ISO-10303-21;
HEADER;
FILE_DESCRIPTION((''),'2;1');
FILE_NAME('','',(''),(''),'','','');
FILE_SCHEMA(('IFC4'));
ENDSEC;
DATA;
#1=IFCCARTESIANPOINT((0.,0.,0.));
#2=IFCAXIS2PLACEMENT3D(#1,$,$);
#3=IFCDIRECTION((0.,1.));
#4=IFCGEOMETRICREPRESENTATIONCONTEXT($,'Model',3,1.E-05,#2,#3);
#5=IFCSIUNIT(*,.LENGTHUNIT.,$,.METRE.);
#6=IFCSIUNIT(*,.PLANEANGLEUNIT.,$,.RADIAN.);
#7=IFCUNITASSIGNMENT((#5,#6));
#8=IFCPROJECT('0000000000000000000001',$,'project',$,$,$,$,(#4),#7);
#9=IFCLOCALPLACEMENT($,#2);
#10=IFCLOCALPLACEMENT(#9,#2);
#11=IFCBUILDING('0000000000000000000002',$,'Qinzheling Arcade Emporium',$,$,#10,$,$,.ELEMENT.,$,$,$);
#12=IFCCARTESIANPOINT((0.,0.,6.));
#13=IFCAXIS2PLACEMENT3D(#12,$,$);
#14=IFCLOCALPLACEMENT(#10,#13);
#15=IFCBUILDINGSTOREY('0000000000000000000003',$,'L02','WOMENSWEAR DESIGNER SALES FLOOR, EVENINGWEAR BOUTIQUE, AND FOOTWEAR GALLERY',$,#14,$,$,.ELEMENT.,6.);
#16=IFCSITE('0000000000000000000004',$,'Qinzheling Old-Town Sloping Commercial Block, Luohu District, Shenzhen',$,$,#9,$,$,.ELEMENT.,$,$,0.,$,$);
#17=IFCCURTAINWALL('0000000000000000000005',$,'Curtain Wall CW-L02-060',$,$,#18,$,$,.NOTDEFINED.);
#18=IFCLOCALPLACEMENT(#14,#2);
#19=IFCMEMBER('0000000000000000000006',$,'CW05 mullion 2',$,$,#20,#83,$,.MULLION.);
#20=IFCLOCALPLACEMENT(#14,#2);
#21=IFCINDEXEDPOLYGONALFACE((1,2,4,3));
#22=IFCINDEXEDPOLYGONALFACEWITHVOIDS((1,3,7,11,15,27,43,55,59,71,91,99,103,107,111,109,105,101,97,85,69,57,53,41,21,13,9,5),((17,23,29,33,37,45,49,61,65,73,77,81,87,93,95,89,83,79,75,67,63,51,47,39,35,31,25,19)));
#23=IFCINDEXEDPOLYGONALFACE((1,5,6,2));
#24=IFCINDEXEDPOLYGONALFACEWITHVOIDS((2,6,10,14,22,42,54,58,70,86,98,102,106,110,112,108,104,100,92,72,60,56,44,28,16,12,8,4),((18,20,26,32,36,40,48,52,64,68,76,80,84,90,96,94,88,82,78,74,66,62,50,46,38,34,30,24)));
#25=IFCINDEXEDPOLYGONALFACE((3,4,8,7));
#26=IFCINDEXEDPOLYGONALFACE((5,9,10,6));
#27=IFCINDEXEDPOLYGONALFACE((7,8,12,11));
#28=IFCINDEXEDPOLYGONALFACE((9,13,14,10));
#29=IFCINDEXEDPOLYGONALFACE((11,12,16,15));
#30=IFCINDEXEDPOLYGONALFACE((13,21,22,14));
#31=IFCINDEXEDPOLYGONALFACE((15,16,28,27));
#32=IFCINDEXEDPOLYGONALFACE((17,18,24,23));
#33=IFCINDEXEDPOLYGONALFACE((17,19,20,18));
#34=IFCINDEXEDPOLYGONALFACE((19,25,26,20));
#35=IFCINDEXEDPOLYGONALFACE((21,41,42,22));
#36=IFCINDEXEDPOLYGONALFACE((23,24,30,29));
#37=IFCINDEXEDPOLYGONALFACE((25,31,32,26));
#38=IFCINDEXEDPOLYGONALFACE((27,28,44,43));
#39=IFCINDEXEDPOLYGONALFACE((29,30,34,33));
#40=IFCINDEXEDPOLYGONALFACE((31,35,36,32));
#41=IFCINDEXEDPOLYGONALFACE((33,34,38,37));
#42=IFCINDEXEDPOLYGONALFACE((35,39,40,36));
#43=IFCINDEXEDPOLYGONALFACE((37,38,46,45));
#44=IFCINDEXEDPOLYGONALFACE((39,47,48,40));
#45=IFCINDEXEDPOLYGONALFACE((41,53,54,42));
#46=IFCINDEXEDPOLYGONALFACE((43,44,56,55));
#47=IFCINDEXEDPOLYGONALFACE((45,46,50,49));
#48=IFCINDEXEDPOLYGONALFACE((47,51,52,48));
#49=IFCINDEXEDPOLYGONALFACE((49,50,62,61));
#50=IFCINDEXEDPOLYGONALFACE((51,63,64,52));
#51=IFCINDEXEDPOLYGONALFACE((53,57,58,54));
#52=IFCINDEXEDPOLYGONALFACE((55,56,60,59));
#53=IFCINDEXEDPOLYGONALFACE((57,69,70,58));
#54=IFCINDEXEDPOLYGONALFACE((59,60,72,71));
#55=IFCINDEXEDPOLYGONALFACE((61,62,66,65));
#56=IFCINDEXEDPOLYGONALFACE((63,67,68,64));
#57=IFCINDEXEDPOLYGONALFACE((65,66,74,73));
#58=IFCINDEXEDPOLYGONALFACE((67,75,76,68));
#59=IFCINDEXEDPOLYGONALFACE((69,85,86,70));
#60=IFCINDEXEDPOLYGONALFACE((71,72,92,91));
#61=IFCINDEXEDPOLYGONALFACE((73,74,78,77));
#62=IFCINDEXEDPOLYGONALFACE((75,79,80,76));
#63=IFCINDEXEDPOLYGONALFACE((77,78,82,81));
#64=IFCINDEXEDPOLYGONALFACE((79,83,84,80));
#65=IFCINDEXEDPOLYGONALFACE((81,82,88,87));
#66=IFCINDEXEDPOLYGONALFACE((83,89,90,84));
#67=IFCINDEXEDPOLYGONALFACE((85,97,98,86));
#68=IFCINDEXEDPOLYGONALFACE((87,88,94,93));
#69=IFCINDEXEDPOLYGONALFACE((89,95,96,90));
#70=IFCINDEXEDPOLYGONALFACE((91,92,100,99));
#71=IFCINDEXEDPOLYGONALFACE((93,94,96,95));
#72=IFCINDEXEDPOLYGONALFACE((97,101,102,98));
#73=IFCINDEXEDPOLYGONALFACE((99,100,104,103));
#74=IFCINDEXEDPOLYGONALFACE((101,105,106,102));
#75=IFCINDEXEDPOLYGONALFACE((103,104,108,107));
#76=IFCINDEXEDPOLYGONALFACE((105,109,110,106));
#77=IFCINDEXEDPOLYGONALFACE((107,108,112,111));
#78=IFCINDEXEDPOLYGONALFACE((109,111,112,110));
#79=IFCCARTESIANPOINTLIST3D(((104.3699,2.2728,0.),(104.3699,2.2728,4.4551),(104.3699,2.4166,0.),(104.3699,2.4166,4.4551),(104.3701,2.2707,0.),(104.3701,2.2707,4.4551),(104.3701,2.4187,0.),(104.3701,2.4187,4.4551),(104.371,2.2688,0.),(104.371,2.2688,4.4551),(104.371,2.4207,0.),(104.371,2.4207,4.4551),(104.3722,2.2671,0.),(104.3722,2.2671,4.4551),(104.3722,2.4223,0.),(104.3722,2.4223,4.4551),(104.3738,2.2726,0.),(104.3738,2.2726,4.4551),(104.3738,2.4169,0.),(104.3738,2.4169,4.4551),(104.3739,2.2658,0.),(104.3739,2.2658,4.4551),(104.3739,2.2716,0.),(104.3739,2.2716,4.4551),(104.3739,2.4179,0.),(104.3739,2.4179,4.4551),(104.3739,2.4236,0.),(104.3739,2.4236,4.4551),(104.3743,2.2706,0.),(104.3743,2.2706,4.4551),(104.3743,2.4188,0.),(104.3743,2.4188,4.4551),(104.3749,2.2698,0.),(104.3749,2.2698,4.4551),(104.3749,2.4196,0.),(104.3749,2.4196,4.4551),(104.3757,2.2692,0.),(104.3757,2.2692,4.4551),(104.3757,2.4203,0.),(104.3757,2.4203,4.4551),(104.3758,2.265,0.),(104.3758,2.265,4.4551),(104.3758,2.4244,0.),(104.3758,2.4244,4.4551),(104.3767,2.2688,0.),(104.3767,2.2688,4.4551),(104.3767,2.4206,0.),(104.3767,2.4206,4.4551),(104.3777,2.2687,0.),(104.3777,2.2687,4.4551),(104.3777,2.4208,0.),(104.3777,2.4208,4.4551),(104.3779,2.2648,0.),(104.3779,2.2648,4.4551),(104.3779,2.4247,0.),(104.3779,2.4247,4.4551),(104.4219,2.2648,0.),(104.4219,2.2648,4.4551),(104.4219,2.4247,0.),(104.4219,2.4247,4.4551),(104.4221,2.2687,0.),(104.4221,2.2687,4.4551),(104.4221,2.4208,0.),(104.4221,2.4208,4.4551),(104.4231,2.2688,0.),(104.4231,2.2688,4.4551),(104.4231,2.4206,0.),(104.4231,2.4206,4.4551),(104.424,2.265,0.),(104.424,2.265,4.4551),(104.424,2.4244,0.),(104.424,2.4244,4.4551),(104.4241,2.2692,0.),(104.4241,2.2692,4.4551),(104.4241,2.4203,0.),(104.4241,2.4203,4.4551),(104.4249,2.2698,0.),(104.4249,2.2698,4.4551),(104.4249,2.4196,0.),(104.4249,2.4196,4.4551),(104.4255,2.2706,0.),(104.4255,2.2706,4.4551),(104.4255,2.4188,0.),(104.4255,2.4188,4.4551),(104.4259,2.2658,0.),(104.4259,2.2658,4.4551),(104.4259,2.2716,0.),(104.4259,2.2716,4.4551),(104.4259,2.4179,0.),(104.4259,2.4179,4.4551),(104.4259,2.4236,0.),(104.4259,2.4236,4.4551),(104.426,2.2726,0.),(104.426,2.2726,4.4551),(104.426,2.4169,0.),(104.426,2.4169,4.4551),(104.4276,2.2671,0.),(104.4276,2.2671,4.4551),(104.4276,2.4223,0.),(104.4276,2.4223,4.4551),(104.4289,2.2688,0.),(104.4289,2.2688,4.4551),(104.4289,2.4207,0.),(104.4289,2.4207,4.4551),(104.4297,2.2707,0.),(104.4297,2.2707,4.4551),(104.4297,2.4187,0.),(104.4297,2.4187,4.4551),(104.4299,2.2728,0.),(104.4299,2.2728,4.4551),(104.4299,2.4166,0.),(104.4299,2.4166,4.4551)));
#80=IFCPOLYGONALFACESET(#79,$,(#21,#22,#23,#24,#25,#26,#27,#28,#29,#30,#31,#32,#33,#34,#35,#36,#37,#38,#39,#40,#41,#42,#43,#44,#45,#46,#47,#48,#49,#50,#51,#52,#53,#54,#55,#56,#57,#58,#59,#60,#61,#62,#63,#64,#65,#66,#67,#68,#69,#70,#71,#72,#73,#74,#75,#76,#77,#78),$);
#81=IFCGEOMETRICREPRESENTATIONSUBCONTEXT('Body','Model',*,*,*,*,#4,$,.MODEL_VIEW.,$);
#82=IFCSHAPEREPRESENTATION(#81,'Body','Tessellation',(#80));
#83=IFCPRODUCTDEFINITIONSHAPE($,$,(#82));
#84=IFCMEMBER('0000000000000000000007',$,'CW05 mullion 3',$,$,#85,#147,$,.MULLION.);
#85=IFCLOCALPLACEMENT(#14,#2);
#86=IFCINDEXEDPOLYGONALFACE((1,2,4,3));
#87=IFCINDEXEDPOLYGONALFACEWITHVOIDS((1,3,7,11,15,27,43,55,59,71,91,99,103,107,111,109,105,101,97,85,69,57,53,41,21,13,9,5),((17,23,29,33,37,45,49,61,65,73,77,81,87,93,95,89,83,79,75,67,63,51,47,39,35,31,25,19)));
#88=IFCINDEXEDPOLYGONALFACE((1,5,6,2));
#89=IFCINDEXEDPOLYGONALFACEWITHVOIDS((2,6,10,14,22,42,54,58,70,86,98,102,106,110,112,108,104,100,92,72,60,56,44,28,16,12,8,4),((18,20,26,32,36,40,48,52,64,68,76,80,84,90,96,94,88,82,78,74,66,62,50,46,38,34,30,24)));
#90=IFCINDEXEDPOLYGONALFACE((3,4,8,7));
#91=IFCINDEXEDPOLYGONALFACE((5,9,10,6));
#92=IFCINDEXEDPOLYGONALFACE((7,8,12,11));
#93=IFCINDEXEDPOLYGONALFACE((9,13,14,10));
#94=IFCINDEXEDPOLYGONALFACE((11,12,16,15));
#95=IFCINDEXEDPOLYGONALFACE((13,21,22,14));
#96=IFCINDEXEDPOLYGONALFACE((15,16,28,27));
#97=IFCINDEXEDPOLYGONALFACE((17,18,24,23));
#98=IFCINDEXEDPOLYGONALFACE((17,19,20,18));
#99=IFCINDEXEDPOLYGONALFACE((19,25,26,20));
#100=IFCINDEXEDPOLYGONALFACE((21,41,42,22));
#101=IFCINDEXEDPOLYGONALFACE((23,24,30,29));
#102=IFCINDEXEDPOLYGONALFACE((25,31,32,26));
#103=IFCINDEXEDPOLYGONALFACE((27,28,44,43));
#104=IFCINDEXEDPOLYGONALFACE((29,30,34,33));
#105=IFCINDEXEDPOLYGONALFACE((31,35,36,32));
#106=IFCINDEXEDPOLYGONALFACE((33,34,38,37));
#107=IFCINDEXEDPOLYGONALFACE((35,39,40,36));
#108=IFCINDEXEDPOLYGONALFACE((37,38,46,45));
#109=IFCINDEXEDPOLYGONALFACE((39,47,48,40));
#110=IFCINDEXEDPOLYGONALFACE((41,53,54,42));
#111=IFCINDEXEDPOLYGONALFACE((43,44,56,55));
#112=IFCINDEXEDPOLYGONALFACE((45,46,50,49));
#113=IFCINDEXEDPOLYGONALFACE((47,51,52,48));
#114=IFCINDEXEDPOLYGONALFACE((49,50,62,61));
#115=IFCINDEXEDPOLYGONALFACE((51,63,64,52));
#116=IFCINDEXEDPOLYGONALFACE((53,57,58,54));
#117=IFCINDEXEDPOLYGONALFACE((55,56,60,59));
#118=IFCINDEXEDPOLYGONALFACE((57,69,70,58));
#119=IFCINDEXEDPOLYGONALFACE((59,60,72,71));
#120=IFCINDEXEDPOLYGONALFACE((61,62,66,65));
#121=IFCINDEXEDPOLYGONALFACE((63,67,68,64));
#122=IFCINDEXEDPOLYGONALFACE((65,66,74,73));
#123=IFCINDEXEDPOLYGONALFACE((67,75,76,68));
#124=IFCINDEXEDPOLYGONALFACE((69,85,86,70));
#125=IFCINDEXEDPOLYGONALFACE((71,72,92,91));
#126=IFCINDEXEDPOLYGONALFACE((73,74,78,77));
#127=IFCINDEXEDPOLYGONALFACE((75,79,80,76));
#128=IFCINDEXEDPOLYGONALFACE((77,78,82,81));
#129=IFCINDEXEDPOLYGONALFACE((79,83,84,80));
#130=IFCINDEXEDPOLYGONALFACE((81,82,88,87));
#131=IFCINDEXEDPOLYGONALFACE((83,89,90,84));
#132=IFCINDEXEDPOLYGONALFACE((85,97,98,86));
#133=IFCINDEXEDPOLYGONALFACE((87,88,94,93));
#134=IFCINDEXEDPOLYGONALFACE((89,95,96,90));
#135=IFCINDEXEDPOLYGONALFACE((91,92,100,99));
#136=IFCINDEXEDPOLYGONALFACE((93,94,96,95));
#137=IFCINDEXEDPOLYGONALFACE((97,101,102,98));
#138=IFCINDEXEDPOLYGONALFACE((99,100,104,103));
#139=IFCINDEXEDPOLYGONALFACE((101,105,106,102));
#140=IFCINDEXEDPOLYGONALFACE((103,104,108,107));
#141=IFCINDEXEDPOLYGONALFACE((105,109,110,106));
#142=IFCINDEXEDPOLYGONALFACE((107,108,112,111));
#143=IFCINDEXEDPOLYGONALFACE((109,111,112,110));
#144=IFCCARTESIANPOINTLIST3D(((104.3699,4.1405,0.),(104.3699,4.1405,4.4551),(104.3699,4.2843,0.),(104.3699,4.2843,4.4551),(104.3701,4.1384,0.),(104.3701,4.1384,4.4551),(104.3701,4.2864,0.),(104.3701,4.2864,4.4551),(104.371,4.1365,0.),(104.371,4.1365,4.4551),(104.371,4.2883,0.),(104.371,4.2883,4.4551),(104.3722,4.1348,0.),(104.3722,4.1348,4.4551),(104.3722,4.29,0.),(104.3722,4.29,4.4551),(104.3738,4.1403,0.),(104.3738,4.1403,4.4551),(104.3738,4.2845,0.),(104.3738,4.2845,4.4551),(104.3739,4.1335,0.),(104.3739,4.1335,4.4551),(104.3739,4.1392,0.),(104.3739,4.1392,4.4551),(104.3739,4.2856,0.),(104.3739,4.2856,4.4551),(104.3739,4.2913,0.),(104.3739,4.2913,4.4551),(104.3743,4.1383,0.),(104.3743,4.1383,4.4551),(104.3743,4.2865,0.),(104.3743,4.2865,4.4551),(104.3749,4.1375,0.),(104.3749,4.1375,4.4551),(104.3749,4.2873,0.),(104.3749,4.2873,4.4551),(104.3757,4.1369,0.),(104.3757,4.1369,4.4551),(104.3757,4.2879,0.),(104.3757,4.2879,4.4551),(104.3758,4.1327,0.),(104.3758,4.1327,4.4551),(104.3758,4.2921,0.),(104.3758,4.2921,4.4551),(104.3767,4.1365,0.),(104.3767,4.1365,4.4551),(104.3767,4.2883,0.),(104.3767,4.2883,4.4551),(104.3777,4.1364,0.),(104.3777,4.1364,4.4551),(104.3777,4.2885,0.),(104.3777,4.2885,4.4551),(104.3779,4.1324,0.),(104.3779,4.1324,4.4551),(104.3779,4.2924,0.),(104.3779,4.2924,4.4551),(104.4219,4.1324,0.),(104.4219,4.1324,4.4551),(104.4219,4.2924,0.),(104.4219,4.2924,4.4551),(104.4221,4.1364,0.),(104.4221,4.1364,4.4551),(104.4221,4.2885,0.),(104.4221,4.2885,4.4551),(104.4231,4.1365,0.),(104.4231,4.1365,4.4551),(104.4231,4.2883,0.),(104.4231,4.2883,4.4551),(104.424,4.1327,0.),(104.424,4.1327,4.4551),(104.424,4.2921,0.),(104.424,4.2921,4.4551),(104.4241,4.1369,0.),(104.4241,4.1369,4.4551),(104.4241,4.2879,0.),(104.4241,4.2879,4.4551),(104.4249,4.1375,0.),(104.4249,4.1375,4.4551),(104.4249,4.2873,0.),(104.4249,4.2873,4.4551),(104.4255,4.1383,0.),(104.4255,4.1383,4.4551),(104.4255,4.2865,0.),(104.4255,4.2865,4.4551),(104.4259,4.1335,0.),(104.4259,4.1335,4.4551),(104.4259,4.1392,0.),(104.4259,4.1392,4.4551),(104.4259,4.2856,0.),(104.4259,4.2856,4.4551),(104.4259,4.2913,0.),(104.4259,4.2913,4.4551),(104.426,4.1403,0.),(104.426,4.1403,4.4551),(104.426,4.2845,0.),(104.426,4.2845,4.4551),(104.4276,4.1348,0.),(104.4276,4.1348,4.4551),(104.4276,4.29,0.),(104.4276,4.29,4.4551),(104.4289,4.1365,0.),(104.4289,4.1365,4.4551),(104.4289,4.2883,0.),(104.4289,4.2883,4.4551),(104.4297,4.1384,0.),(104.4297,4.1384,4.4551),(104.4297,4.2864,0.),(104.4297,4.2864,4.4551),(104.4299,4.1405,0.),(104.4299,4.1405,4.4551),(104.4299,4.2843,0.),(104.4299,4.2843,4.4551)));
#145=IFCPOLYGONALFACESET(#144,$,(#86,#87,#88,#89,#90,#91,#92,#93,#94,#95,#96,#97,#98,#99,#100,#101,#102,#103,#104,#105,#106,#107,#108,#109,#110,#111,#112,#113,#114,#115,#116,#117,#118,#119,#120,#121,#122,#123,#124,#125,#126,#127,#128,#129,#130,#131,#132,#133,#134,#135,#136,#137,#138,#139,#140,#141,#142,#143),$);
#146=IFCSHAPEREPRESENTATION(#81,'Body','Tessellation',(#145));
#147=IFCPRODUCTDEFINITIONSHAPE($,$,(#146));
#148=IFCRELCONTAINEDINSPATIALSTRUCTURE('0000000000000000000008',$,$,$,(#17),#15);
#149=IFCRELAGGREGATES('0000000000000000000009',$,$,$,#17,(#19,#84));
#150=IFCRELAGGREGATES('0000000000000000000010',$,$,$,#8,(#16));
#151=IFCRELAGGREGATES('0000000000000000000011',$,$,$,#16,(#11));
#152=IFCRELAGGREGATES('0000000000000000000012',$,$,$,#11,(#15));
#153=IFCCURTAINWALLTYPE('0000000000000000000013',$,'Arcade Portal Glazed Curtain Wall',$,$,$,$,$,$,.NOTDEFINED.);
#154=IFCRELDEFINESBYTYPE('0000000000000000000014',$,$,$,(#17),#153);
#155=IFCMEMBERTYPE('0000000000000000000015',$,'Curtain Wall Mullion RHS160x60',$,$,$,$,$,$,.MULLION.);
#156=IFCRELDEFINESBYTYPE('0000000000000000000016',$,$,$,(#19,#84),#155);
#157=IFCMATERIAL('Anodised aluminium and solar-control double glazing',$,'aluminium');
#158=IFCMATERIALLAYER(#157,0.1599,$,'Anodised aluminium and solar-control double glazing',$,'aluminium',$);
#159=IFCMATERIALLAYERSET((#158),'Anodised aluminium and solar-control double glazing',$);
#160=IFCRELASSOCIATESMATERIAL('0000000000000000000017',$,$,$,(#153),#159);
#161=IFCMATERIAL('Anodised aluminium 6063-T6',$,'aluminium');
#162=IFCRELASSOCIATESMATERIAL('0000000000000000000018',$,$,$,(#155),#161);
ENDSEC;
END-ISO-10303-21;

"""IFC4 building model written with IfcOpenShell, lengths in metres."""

from ifc_helpers import new_model, si_unit, direction, frame, origin, origin_2d, place, context, subcontext, project, spatial, hollow_rectangle, extrude, material, layer, layer_set, material_profile, profile_set, type_object, element, aggregate, save


model = new_model("IFC4")

# Units and contexts
model_context = context("Model", 3, precision=1e-05, world=origin(), true_north=direction((0.0, 1.0)))
body_context = subcontext(model_context, "Body", "Model", "MODEL_VIEW")
ifc_project = project(units=[si_unit("LENGTHUNIT", "METRE"), si_unit("PLANEANGLEUNIT", "RADIAN")], contexts=[model_context])

# Site, building, storey
site_placement = place(None, origin())
site = spatial("IfcSite", under=ifc_project, at=site_placement, Name="Qinzheling Old-Town Sloping Commercial Block, Luohu District, Shenzhen", CompositionType="ELEMENT", RefElevation=0.0)
building_placement = place(site_placement, origin())
building = spatial("IfcBuilding", under=site, at=building_placement, Name="Qinzheling Arcade Emporium", CompositionType="ELEMENT")
storey_placement = place(building_placement, frame((0.0, 0.0, 6.0)))
storey = spatial("IfcBuildingStorey", under=building, at=storey_placement, Name="L02", Description="WOMENSWEAR DESIGNER SALES FLOOR, EVENINGWEAR BOUTIQUE, AND FOOTWEAR GALLERY", CompositionType="ELEMENT", Elevation=6.0)

# Curtain wall, members
ifc_material_1 = material(Name="Anodised aluminium and solar-control double glazing", Category="aluminium")
ifc_layer_1 = layer(ifc_material_1, 0.1599, Name="Anodised aluminium and solar-control double glazing", Category="aluminium")
ifc_layer_set_1 = layer_set([ifc_layer_1], Name="Anodised aluminium and solar-control double glazing")
curtain_wall_type = type_object("IfcCurtainWallType", Name="Arcade Portal Glazed Curtain Wall", PredefinedType="NOTDEFINED", material=ifc_layer_set_1)
curtain_wall_placement = place(storey_placement, origin())
curtain_wall = element("IfcCurtainWall", 1, at=curtain_wall_placement, inside=storey, type_object=curtain_wall_type, Name="Curtain Wall CW-L02-060", PredefinedType="NOTDEFINED")
ifc_material_2 = material(Name="Anodised aluminium 6063-T6", Category="aluminium")
ifc_material_profile_1 = material_profile(ifc_material_2, hollow_rectangle(XDim=0.0601, YDim=0.1599, WallThickness=0.0039, InnerFilletRadius=0.0039, OuterFilletRadius=0.0081, at=origin_2d()), Name="RHS 160x60x4", Category="aluminium")
ifc_profile_set_1 = profile_set([ifc_material_profile_1], Name="Anodised aluminium 6063-T6")
member_type_1 = type_object("IfcMemberType", Name="Curtain Wall Mullion RHS160x60", PredefinedType="MULLION", material=ifc_profile_set_1)
member_1_placement = place(storey_placement, frame((104.3999, 2.3447, 0.0), z_axis=(0.0, 0.0, 1.0), x_axis=(-1.0, 0.0, 0.0)))
member_1 = element("IfcMember", 2, at=member_1_placement, type_object=member_type_1, Name="CW05 mullion 2", PredefinedType="MULLION", context=body_context, shape_type="SweptSolid", body=[
    extrude(hollow_rectangle(XDim=0.0601, YDim=0.1599, WallThickness=0.0039, InnerFilletRadius=0.0039, OuterFilletRadius=0.0081, at=origin_2d()), origin(), (0.0, 0.0, 1.0), 4.4551),
])
member_2_placement = place(storey_placement, frame((104.3999, 4.2124, 0.0), z_axis=(0.0, 0.0, 1.0), x_axis=(-1.0, 0.0, 0.0)))
member_2 = element("IfcMember", 3, at=member_2_placement, type_object=member_type_1, Name="CW05 mullion 3", PredefinedType="MULLION", context=body_context, shape_type="SweptSolid", body=[
    extrude(hollow_rectangle(XDim=0.0601, YDim=0.1599, WallThickness=0.0039, InnerFilletRadius=0.0039, OuterFilletRadius=0.0081, at=origin_2d()), origin(), (0.0, 0.0, 1.0), 4.4551),
])

aggregate(curtain_wall, [member_1, member_2])

save(model, "model.ifc")
